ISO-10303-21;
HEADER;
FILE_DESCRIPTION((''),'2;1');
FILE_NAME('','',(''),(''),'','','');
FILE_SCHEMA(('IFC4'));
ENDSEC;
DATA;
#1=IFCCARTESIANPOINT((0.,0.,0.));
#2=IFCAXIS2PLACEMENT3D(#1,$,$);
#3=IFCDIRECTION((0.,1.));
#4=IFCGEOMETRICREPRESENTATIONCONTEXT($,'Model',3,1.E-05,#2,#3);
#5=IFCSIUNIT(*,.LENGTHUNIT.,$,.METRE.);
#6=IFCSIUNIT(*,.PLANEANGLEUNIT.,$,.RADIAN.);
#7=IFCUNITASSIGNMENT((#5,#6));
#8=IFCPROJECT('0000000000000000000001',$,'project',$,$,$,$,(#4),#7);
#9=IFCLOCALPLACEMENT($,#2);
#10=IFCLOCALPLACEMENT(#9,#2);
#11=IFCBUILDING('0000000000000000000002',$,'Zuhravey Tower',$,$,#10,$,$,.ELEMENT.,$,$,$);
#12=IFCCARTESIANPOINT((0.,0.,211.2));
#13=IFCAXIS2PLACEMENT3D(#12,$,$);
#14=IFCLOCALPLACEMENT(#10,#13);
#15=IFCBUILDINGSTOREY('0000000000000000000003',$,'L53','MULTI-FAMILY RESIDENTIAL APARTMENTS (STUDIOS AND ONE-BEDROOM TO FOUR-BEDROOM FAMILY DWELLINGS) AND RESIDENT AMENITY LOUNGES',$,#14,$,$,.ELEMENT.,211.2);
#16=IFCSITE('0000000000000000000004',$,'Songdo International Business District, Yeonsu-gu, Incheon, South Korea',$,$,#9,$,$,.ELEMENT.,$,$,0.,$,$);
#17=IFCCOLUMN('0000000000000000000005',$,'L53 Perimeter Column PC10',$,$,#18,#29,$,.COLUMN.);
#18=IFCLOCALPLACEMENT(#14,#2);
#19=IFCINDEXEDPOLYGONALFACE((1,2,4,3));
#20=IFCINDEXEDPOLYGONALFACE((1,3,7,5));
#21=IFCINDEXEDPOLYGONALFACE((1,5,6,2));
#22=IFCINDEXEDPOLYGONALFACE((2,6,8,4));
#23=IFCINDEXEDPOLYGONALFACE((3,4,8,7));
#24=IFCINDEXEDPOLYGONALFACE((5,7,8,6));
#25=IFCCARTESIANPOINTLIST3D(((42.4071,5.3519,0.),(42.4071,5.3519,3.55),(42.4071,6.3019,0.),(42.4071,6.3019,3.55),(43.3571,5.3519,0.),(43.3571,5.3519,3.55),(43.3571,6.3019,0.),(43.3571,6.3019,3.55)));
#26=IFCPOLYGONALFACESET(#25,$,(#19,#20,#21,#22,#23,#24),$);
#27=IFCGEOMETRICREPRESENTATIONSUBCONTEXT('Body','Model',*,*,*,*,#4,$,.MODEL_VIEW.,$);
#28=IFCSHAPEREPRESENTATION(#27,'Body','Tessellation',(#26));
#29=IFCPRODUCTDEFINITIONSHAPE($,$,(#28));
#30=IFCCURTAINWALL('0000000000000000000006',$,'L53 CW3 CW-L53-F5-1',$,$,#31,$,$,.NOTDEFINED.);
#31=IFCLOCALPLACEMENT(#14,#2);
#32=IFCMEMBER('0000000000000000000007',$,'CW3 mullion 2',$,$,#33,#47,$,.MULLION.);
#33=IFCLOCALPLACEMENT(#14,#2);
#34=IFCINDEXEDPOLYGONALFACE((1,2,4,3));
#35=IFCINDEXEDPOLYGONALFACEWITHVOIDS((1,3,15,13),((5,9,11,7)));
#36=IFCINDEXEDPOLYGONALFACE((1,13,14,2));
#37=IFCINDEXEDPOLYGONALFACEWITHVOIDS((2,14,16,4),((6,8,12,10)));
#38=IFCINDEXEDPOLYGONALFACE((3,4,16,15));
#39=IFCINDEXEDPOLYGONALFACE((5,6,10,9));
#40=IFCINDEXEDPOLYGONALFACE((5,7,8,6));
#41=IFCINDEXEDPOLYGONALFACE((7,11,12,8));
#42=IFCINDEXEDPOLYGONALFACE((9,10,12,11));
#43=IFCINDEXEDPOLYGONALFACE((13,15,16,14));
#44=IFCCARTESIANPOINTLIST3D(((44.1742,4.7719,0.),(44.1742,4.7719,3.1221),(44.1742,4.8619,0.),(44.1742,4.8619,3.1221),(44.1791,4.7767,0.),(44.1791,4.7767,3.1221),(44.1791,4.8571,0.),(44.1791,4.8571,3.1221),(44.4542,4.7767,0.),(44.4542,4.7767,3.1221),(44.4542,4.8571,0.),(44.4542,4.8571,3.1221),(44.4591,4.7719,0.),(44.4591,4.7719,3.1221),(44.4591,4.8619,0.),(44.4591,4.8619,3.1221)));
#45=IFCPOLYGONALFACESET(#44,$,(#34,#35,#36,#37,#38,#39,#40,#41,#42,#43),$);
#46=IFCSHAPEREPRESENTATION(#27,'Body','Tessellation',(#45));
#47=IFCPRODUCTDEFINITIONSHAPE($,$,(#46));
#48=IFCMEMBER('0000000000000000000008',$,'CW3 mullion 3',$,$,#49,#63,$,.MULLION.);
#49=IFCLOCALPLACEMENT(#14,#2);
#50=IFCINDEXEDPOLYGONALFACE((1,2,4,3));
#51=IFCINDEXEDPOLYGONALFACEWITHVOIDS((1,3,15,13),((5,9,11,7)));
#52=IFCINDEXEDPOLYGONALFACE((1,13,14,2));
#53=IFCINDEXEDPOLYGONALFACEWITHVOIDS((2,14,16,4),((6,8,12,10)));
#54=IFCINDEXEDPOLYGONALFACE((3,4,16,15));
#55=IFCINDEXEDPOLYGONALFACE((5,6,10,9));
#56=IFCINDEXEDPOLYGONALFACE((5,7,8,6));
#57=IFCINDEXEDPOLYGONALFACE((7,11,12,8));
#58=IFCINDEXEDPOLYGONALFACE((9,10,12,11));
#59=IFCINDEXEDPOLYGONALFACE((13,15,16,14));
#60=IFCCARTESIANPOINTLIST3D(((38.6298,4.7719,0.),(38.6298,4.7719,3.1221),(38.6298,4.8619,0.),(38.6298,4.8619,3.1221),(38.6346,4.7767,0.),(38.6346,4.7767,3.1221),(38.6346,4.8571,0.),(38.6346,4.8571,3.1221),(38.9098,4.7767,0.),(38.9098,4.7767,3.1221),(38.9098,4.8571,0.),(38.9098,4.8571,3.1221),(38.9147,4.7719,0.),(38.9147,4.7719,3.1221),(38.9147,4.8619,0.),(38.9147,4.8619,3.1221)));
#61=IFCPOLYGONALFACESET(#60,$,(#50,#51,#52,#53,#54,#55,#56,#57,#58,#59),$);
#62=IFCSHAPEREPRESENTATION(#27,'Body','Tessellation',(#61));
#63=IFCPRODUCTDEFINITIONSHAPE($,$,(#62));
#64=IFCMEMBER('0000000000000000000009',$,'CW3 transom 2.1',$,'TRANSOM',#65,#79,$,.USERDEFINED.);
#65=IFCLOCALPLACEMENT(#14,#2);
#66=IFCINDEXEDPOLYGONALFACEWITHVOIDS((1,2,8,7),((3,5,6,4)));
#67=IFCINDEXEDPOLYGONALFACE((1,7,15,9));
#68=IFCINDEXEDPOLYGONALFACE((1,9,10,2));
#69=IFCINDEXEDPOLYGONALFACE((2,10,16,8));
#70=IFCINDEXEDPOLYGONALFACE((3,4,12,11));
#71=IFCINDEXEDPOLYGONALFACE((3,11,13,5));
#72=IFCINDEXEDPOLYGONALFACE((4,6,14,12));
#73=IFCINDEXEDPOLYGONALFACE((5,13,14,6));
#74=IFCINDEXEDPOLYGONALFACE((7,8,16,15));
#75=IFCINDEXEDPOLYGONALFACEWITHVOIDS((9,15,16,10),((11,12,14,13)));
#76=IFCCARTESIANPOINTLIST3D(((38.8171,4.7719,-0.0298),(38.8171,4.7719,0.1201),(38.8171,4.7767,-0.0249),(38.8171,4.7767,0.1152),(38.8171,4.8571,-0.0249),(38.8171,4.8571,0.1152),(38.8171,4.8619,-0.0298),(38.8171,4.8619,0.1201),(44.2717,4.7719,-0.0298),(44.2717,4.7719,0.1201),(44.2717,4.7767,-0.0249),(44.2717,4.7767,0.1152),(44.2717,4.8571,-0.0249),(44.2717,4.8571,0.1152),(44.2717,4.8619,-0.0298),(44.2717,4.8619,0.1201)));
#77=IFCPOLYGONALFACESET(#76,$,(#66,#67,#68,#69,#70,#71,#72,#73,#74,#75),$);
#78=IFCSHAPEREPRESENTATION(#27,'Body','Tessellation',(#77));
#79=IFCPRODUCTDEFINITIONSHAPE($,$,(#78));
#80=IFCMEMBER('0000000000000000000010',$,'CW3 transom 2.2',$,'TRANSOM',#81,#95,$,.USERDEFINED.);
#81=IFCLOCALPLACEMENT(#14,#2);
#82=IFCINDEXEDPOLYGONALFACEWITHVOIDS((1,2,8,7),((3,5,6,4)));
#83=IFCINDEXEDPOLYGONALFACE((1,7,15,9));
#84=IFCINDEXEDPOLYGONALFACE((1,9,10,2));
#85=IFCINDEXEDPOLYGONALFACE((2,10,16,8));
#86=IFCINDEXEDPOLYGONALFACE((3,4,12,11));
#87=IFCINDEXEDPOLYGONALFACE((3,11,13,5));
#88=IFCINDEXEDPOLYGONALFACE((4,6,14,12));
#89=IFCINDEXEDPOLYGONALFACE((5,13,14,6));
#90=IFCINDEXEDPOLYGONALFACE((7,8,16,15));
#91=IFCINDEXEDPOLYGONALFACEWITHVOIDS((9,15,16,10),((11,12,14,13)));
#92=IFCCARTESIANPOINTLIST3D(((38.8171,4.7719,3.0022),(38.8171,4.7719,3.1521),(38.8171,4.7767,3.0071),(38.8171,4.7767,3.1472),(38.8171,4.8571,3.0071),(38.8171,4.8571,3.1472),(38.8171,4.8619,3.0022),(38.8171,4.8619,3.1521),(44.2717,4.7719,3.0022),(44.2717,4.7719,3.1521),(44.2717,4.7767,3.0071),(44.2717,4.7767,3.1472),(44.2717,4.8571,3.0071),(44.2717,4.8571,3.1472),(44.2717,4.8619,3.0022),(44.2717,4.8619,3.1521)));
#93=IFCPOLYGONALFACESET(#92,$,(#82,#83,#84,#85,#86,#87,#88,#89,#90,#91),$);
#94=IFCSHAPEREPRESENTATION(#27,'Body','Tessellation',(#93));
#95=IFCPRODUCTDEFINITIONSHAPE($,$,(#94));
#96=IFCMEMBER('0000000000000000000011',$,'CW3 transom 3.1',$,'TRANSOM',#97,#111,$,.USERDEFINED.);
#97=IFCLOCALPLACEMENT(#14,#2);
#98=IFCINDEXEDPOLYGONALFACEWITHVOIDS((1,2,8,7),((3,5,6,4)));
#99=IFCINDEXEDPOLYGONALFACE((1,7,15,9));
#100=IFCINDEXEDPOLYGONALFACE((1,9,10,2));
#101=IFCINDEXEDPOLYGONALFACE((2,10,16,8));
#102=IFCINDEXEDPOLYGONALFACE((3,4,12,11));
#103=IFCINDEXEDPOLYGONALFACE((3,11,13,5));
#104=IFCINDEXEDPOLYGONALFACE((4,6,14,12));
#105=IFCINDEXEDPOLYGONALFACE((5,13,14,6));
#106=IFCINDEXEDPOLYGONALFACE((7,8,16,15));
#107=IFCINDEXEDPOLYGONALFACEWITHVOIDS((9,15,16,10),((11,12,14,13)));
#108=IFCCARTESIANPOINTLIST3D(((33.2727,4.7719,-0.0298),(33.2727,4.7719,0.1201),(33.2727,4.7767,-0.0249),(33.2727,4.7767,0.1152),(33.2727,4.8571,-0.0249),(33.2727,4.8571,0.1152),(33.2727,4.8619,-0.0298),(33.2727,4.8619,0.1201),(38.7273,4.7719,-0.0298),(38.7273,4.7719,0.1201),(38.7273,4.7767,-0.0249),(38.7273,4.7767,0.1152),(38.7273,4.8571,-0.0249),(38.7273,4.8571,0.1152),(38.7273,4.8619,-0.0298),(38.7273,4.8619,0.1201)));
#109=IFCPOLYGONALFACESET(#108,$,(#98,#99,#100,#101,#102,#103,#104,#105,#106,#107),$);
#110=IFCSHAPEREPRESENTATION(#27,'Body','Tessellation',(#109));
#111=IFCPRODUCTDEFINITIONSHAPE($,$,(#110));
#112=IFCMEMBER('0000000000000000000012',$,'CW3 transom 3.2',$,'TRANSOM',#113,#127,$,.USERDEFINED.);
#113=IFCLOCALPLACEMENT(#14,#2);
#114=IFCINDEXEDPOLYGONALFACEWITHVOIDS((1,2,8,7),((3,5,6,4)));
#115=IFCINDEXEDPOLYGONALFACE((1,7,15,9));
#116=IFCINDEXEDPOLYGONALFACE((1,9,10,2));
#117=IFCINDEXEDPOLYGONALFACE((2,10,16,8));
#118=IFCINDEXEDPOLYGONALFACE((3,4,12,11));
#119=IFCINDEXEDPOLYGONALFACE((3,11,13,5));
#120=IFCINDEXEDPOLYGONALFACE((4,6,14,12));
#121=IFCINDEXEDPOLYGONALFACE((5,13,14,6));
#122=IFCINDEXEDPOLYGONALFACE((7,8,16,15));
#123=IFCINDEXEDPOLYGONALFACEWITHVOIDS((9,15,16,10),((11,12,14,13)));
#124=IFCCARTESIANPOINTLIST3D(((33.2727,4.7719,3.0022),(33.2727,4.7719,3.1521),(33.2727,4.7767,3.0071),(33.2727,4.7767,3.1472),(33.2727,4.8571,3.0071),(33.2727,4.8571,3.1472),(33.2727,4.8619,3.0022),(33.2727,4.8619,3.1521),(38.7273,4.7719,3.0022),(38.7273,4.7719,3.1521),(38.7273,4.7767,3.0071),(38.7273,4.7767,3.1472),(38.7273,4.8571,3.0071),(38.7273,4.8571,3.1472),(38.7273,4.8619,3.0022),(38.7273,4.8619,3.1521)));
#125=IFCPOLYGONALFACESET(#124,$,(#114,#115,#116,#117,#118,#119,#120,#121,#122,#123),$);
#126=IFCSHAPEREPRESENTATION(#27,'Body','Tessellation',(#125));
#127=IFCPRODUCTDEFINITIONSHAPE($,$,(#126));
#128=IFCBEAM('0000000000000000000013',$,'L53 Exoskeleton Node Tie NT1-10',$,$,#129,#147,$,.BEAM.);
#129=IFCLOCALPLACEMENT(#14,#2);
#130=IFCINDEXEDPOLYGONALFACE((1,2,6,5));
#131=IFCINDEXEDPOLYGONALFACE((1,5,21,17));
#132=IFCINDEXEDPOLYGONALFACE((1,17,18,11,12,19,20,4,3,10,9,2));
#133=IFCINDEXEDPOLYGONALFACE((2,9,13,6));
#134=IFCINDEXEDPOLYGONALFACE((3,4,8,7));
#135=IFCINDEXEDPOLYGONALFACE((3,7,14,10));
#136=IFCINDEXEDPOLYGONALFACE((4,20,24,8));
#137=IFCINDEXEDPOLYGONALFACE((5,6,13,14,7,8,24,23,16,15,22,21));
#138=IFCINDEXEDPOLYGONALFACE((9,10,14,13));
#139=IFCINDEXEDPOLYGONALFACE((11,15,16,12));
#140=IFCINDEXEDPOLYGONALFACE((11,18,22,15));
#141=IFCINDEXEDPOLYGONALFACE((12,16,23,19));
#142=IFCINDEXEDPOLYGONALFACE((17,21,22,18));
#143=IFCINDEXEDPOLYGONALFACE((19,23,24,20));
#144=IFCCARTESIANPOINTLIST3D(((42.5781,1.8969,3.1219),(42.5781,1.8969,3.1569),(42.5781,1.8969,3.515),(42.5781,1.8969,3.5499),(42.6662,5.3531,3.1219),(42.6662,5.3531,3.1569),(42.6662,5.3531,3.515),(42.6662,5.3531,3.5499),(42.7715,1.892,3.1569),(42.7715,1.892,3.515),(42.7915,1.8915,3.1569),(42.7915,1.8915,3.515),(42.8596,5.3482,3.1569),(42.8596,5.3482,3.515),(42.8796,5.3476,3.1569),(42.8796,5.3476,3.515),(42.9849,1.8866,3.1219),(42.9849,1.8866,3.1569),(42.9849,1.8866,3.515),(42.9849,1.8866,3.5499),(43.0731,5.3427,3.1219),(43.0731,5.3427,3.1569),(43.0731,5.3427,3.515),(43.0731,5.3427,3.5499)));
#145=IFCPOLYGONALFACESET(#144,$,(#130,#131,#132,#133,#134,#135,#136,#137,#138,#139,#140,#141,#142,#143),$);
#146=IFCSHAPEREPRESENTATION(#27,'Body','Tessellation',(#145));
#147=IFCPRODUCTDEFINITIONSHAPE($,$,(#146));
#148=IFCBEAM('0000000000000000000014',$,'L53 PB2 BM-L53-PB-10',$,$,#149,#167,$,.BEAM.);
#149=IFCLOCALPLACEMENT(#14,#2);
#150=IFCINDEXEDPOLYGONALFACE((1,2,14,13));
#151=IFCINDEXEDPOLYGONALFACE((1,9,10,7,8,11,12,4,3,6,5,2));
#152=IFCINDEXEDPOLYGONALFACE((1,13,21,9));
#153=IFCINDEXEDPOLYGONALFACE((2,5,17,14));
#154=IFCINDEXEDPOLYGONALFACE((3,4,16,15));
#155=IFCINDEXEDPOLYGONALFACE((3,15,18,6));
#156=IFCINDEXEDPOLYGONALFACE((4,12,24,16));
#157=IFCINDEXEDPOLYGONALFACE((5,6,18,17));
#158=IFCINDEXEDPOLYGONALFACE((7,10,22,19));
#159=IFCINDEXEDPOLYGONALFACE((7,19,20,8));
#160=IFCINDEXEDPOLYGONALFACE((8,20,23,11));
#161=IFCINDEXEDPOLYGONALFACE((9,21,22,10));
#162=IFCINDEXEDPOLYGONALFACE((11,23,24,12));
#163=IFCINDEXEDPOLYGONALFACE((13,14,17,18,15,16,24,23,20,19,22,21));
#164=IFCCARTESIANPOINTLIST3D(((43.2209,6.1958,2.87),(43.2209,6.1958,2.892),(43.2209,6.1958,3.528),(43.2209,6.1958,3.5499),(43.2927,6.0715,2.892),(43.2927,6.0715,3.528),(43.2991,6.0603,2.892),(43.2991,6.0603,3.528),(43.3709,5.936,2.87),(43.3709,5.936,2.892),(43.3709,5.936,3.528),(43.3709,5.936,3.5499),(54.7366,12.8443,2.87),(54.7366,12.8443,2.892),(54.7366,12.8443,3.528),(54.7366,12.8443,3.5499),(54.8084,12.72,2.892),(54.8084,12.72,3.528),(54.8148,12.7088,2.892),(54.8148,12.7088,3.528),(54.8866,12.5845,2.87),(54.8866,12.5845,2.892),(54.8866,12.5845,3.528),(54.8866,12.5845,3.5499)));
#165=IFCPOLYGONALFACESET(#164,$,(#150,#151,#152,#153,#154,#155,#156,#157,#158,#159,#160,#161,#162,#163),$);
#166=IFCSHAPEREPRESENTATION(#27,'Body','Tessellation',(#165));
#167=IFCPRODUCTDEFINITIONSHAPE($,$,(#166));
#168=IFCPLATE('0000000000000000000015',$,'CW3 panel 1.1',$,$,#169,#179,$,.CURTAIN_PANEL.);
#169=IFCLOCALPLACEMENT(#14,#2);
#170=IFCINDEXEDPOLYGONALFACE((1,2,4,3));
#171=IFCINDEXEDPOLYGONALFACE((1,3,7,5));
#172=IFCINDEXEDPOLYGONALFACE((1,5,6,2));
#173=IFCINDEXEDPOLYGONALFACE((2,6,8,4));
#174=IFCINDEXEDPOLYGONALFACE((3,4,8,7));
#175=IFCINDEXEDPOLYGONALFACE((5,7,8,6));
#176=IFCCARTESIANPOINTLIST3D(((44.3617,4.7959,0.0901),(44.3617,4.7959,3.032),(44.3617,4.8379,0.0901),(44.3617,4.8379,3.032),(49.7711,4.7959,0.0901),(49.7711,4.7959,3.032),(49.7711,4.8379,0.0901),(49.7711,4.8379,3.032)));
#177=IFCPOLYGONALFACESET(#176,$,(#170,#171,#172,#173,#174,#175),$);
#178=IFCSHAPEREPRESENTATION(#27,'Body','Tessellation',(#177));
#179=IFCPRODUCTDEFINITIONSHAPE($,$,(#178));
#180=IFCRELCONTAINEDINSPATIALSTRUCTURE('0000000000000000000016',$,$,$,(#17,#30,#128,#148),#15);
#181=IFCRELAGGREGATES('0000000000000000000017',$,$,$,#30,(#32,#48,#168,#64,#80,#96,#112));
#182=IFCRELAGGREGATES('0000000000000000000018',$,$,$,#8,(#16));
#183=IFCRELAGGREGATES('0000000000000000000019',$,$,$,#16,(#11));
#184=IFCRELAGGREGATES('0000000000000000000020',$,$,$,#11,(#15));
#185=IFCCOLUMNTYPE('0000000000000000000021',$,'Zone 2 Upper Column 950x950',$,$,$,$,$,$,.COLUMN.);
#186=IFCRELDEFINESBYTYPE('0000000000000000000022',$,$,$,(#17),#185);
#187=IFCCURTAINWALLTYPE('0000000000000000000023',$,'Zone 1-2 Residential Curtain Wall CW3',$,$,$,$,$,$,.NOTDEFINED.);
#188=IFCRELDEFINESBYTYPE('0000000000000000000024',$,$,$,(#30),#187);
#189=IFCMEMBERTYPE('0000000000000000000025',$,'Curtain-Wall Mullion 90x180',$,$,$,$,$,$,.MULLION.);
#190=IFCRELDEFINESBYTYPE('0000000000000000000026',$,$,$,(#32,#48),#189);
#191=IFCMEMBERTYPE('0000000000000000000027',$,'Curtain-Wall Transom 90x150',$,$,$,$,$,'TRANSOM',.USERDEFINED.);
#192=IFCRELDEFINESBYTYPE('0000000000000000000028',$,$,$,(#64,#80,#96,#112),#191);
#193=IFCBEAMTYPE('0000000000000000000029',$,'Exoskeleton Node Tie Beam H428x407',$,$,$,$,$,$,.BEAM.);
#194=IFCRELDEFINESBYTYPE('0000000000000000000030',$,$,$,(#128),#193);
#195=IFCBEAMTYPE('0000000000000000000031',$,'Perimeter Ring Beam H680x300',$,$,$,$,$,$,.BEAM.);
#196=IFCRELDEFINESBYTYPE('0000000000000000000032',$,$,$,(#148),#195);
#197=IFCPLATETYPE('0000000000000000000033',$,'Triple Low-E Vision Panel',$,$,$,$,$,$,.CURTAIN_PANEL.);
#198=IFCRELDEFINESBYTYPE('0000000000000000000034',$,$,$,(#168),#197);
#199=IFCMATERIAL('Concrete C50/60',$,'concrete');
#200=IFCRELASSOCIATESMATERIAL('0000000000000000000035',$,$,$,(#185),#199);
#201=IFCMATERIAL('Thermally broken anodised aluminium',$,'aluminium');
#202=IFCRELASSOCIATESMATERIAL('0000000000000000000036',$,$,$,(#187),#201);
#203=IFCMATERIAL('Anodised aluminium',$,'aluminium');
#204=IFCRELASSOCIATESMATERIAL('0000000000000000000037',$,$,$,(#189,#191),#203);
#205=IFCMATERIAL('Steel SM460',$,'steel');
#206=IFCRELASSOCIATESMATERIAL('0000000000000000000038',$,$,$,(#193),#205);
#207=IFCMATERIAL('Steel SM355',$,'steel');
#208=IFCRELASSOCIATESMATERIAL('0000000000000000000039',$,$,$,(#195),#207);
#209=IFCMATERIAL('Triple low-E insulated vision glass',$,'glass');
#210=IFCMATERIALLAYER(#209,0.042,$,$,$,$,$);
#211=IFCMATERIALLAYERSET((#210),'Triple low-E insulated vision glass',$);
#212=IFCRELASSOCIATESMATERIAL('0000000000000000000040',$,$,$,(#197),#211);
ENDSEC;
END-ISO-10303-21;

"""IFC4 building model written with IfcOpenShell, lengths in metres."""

from ifc_helpers import new_model, si_unit, direction, frame, origin, origin_2d, place, context, subcontext, project, spatial, rectangle, hollow_rectangle, i_section, extrude, material, layer, layer_set, material_profile, profile_set, type_object, element, aggregate, save


model = new_model("IFC4")

# Units and contexts
model_context = context("Model", 3, precision=1e-05, world=origin(), true_north=direction((0.0, 1.0)))
body_context = subcontext(model_context, "Body", "Model", "MODEL_VIEW")
ifc_project = project(units=[si_unit("LENGTHUNIT", "METRE"), si_unit("PLANEANGLEUNIT", "RADIAN")], contexts=[model_context])

# Site, building, storey
site_placement = place(None, origin())
site = spatial("IfcSite", under=ifc_project, at=site_placement, Name="Songdo International Business District, Yeonsu-gu, Incheon, South Korea", CompositionType="ELEMENT", RefElevation=0.0)
building_placement = place(site_placement, origin())
building = spatial("IfcBuilding", under=site, at=building_placement, Name="Zuhravey Tower", CompositionType="ELEMENT")
storey_placement = place(building_placement, frame((0.0, 0.0, 211.2)))
storey = spatial("IfcBuildingStorey", under=building, at=storey_placement, Name="L53", Description="MULTI-FAMILY RESIDENTIAL APARTMENTS (STUDIOS AND ONE-BEDROOM TO FOUR-BEDROOM FAMILY DWELLINGS) AND RESIDENT AMENITY LOUNGES", CompositionType="ELEMENT", Elevation=211.2)

# Column
ifc_material_1 = material(Name="Concrete C50/60", Category="concrete")
ifc_material_profile_1 = material_profile(ifc_material_1, rectangle(XDim=0.95, YDim=0.95, at=origin_2d()), Name="RC-950x950")
ifc_profile_set_1 = profile_set([ifc_material_profile_1], Name="Concrete C50/60")
column_type = type_object("IfcColumnType", Name="Zone 2 Upper Column 950x950", PredefinedType="COLUMN", material=ifc_profile_set_1)
column_placement = place(storey_placement, frame((42.8821, 5.8269, 0.0), z_axis=(0.0, 0.0, 1.0), x_axis=(1.0, 0.0, 0.0)))
element("IfcColumn", 1, at=column_placement, inside=storey, type_object=column_type, Name="L53 Perimeter Column PC10", PredefinedType="COLUMN", context=body_context, shape_type="SweptSolid", body=[
    extrude(rectangle(XDim=0.95, YDim=0.95, at=origin_2d()), origin(), (0.0, 0.0, 1.0), 3.55),
])

# Curtain wall, members
ifc_material_2 = material(Name="Thermally broken anodised aluminium", Category="aluminium")
curtain_wall_type = type_object("IfcCurtainWallType", Name="Zone 1-2 Residential Curtain Wall CW3", PredefinedType="NOTDEFINED", material=ifc_material_2)
curtain_wall_placement = place(storey_placement, origin())
curtain_wall = element("IfcCurtainWall", 2, at=curtain_wall_placement, inside=storey, type_object=curtain_wall_type, Name="L53 CW3 CW-L53-F5-1", PredefinedType="NOTDEFINED")
ifc_material_3 = material(Name="Anodised aluminium", Category="aluminium")
ifc_material_profile_2 = material_profile(ifc_material_3, hollow_rectangle(XDim=0.0901, YDim=0.2849, WallThickness=0.0049, at=origin_2d()), Name="ALU-RHS-90x285x5")
ifc_profile_set_2 = profile_set([ifc_material_profile_2], Name="Anodised aluminium")
member_type_1 = type_object("IfcMemberType", Name="Curtain-Wall Mullion 90x180", PredefinedType="MULLION", material=ifc_profile_set_2)
member_1_placement = place(storey_placement, frame((44.3167, 4.8169, 0.0), z_axis=(0.0, 0.0, 1.0), x_axis=(0.0, -1.0, 0.0)))
member_1 = element("IfcMember", 3, at=member_1_placement, type_object=member_type_1, Name="CW3 mullion 2", PredefinedType="MULLION", context=body_context, shape_type="SweptSolid", body=[
    extrude(hollow_rectangle(XDim=0.0901, YDim=0.2849, WallThickness=0.0049, at=origin_2d()), origin(), (0.0, 0.0, 1.0), 3.1221),
])
member_2_placement = place(storey_placement, frame((38.7722, 4.8169, 0.0), z_axis=(0.0, 0.0, 1.0), x_axis=(0.0, -1.0, 0.0)))
member_2 = element("IfcMember", 4, at=member_2_placement, type_object=member_type_1, Name="CW3 mullion 3", PredefinedType="MULLION", context=body_context, shape_type="SweptSolid", body=[
    extrude(hollow_rectangle(XDim=0.0901, YDim=0.2849, WallThickness=0.0049, at=origin_2d()), origin(), (0.0, 0.0, 1.0), 3.1221),
])
ifc_material_profile_3 = material_profile(ifc_material_3, hollow_rectangle(XDim=0.0901, YDim=0.1499, WallThickness=0.0049, at=origin_2d()), Name="ALU-RHS-90x150x5")
ifc_profile_set_3 = profile_set([ifc_material_profile_3], Name="Anodised aluminium")
member_type_2 = type_object("IfcMemberType", Name="Curtain-Wall Transom 90x150", ElementType="TRANSOM", PredefinedType="USERDEFINED", material=ifc_profile_set_3)
member_3_placement = place(storey_placement, frame((44.2717, 4.8169, 0.0452), z_axis=(-1.0, 0.0, 0.0), x_axis=(0.0, -1.0, 0.0)))
member_3 = element("IfcMember", 5, at=member_3_placement, type_object=member_type_2, Name="CW3 transom 2.1", ObjectType="TRANSOM", PredefinedType="USERDEFINED", context=body_context, shape_type="SweptSolid", body=[
    extrude(hollow_rectangle(XDim=0.0901, YDim=0.1499, WallThickness=0.0049, at=origin_2d()), origin(), (0.0, 0.0, 1.0), 5.4546),
])
member_4_placement = place(storey_placement, frame((44.2717, 4.8169, 3.0771), z_axis=(-1.0, 0.0, 0.0), x_axis=(0.0, -1.0, 0.0)))
member_4 = element("IfcMember", 6, at=member_4_placement, type_object=member_type_2, Name="CW3 transom 2.2", ObjectType="TRANSOM", PredefinedType="USERDEFINED", context=body_context, shape_type="SweptSolid", body=[
    extrude(hollow_rectangle(XDim=0.0901, YDim=0.1499, WallThickness=0.0049, at=origin_2d()), origin(), (0.0, 0.0, 1.0), 5.4546),
])
member_5_placement = place(storey_placement, frame((38.7273, 4.8169, 0.0452), z_axis=(-1.0, 0.0, 0.0), x_axis=(0.0, -1.0, 0.0)))
member_5 = element("IfcMember", 7, at=member_5_placement, type_object=member_type_2, Name="CW3 transom 3.1", ObjectType="TRANSOM", PredefinedType="USERDEFINED", context=body_context, shape_type="SweptSolid", body=[
    extrude(hollow_rectangle(XDim=0.0901, YDim=0.1499, WallThickness=0.0049, at=origin_2d()), origin(), (0.0, 0.0, 1.0), 5.4546),
])
member_6_placement = place(storey_placement, frame((38.7273, 4.8169, 3.0771), z_axis=(-1.0, 0.0, 0.0), x_axis=(0.0, -1.0, 0.0)))
member_6 = element("IfcMember", 8, at=member_6_placement, type_object=member_type_2, Name="CW3 transom 3.2", ObjectType="TRANSOM", PredefinedType="USERDEFINED", context=body_context, shape_type="SweptSolid", body=[
    extrude(hollow_rectangle(XDim=0.0901, YDim=0.1499, WallThickness=0.0049, at=origin_2d()), origin(), (0.0, 0.0, 1.0), 5.4546),
])

# Beams
ifc_material_4 = material(Name="Steel SM460", Category="steel")
ifc_material_profile_4 = material_profile(ifc_material_4, i_section(OverallWidth=0.407, OverallDepth=0.428, WebThickness=0.02, FlangeThickness=0.0349, at=origin_2d()), Name="H-428x407x20x35")
ifc_profile_set_4 = profile_set([ifc_material_profile_4], Name="Steel SM460")
beam_type_1 = type_object("IfcBeamType", Name="Exoskeleton Node Tie Beam H428x407", PredefinedType="BEAM", material=ifc_profile_set_4)
beam_1_placement = place(storey_placement, frame((42.8696, 5.3479, 3.3359), z_axis=(-0.025493, -0.999675, 0.0), x_axis=(0.999675, -0.025493, 0.0)))
element("IfcBeam", 9, at=beam_1_placement, inside=storey, type_object=beam_type_1, Name="L53 Exoskeleton Node Tie NT1-10", PredefinedType="BEAM", context=body_context, shape_type="SweptSolid", body=[
    extrude(i_section(OverallWidth=0.407, OverallDepth=0.428, WebThickness=0.02, FlangeThickness=0.0349, at=origin_2d()), origin(), (0.0, 0.0, 1.0), 3.4573),
])
ifc_material_5 = material(Name="Steel SM355", Category="steel")
ifc_material_profile_5 = material_profile(ifc_material_5, i_section(OverallWidth=0.3, OverallDepth=0.6799, WebThickness=0.0129, FlangeThickness=0.022, at=origin_2d()), Name="H-680x300x13x22")
ifc_profile_set_5 = profile_set([ifc_material_profile_5], Name="Steel SM355")
beam_type_2 = type_object("IfcBeamType", Name="Perimeter Ring Beam H680x300", PredefinedType="BEAM", material=ifc_profile_set_5)
beam_2_placement = place(storey_placement, frame((43.2959, 6.0659, 3.21), z_axis=(0.866029, 0.499994, 0.0), x_axis=(-0.499994, 0.866029, 0.0)))
element("IfcBeam", 10, at=beam_2_placement, inside=storey, type_object=beam_type_2, Name="L53 PB2 BM-L53-PB-10", PredefinedType="BEAM", context=body_context, shape_type="SweptSolid", body=[
    extrude(i_section(OverallWidth=0.3, OverallDepth=0.6799, WebThickness=0.0129, FlangeThickness=0.022, at=origin_2d()), origin(), (0.0, 0.0, 1.0), 13.2971),
])

# Plate
ifc_material_6 = material(Name="Triple low-E insulated vision glass", Category="glass")
ifc_layer_1 = layer(ifc_material_6, 0.042)
ifc_layer_set_1 = layer_set([ifc_layer_1], Name="Triple low-E insulated vision glass")
plate_type = type_object("IfcPlateType", Name="Triple Low-E Vision Panel", PredefinedType="CURTAIN_PANEL", material=ifc_layer_set_1)
plate_1_placement = place(storey_placement, frame((47.0664, 4.8169, 0.0901), z_axis=(0.0, 0.0, 1.0), x_axis=(-1.0, 0.0, 0.0)))
plate_1 = element("IfcPlate", 11, at=plate_1_placement, type_object=plate_type, Name="CW3 panel 1.1", PredefinedType="CURTAIN_PANEL", context=body_context, shape_type="SweptSolid", body=[
    extrude(rectangle(XDim=5.4094, YDim=0.042, at=origin_2d()), origin(), (0.0, 0.0, 1.0), 2.9419),
])
aggregate(curtain_wall, [member_1, member_2, plate_1, member_3, member_4, member_5, member_6])

save(model, "model.ifc")
